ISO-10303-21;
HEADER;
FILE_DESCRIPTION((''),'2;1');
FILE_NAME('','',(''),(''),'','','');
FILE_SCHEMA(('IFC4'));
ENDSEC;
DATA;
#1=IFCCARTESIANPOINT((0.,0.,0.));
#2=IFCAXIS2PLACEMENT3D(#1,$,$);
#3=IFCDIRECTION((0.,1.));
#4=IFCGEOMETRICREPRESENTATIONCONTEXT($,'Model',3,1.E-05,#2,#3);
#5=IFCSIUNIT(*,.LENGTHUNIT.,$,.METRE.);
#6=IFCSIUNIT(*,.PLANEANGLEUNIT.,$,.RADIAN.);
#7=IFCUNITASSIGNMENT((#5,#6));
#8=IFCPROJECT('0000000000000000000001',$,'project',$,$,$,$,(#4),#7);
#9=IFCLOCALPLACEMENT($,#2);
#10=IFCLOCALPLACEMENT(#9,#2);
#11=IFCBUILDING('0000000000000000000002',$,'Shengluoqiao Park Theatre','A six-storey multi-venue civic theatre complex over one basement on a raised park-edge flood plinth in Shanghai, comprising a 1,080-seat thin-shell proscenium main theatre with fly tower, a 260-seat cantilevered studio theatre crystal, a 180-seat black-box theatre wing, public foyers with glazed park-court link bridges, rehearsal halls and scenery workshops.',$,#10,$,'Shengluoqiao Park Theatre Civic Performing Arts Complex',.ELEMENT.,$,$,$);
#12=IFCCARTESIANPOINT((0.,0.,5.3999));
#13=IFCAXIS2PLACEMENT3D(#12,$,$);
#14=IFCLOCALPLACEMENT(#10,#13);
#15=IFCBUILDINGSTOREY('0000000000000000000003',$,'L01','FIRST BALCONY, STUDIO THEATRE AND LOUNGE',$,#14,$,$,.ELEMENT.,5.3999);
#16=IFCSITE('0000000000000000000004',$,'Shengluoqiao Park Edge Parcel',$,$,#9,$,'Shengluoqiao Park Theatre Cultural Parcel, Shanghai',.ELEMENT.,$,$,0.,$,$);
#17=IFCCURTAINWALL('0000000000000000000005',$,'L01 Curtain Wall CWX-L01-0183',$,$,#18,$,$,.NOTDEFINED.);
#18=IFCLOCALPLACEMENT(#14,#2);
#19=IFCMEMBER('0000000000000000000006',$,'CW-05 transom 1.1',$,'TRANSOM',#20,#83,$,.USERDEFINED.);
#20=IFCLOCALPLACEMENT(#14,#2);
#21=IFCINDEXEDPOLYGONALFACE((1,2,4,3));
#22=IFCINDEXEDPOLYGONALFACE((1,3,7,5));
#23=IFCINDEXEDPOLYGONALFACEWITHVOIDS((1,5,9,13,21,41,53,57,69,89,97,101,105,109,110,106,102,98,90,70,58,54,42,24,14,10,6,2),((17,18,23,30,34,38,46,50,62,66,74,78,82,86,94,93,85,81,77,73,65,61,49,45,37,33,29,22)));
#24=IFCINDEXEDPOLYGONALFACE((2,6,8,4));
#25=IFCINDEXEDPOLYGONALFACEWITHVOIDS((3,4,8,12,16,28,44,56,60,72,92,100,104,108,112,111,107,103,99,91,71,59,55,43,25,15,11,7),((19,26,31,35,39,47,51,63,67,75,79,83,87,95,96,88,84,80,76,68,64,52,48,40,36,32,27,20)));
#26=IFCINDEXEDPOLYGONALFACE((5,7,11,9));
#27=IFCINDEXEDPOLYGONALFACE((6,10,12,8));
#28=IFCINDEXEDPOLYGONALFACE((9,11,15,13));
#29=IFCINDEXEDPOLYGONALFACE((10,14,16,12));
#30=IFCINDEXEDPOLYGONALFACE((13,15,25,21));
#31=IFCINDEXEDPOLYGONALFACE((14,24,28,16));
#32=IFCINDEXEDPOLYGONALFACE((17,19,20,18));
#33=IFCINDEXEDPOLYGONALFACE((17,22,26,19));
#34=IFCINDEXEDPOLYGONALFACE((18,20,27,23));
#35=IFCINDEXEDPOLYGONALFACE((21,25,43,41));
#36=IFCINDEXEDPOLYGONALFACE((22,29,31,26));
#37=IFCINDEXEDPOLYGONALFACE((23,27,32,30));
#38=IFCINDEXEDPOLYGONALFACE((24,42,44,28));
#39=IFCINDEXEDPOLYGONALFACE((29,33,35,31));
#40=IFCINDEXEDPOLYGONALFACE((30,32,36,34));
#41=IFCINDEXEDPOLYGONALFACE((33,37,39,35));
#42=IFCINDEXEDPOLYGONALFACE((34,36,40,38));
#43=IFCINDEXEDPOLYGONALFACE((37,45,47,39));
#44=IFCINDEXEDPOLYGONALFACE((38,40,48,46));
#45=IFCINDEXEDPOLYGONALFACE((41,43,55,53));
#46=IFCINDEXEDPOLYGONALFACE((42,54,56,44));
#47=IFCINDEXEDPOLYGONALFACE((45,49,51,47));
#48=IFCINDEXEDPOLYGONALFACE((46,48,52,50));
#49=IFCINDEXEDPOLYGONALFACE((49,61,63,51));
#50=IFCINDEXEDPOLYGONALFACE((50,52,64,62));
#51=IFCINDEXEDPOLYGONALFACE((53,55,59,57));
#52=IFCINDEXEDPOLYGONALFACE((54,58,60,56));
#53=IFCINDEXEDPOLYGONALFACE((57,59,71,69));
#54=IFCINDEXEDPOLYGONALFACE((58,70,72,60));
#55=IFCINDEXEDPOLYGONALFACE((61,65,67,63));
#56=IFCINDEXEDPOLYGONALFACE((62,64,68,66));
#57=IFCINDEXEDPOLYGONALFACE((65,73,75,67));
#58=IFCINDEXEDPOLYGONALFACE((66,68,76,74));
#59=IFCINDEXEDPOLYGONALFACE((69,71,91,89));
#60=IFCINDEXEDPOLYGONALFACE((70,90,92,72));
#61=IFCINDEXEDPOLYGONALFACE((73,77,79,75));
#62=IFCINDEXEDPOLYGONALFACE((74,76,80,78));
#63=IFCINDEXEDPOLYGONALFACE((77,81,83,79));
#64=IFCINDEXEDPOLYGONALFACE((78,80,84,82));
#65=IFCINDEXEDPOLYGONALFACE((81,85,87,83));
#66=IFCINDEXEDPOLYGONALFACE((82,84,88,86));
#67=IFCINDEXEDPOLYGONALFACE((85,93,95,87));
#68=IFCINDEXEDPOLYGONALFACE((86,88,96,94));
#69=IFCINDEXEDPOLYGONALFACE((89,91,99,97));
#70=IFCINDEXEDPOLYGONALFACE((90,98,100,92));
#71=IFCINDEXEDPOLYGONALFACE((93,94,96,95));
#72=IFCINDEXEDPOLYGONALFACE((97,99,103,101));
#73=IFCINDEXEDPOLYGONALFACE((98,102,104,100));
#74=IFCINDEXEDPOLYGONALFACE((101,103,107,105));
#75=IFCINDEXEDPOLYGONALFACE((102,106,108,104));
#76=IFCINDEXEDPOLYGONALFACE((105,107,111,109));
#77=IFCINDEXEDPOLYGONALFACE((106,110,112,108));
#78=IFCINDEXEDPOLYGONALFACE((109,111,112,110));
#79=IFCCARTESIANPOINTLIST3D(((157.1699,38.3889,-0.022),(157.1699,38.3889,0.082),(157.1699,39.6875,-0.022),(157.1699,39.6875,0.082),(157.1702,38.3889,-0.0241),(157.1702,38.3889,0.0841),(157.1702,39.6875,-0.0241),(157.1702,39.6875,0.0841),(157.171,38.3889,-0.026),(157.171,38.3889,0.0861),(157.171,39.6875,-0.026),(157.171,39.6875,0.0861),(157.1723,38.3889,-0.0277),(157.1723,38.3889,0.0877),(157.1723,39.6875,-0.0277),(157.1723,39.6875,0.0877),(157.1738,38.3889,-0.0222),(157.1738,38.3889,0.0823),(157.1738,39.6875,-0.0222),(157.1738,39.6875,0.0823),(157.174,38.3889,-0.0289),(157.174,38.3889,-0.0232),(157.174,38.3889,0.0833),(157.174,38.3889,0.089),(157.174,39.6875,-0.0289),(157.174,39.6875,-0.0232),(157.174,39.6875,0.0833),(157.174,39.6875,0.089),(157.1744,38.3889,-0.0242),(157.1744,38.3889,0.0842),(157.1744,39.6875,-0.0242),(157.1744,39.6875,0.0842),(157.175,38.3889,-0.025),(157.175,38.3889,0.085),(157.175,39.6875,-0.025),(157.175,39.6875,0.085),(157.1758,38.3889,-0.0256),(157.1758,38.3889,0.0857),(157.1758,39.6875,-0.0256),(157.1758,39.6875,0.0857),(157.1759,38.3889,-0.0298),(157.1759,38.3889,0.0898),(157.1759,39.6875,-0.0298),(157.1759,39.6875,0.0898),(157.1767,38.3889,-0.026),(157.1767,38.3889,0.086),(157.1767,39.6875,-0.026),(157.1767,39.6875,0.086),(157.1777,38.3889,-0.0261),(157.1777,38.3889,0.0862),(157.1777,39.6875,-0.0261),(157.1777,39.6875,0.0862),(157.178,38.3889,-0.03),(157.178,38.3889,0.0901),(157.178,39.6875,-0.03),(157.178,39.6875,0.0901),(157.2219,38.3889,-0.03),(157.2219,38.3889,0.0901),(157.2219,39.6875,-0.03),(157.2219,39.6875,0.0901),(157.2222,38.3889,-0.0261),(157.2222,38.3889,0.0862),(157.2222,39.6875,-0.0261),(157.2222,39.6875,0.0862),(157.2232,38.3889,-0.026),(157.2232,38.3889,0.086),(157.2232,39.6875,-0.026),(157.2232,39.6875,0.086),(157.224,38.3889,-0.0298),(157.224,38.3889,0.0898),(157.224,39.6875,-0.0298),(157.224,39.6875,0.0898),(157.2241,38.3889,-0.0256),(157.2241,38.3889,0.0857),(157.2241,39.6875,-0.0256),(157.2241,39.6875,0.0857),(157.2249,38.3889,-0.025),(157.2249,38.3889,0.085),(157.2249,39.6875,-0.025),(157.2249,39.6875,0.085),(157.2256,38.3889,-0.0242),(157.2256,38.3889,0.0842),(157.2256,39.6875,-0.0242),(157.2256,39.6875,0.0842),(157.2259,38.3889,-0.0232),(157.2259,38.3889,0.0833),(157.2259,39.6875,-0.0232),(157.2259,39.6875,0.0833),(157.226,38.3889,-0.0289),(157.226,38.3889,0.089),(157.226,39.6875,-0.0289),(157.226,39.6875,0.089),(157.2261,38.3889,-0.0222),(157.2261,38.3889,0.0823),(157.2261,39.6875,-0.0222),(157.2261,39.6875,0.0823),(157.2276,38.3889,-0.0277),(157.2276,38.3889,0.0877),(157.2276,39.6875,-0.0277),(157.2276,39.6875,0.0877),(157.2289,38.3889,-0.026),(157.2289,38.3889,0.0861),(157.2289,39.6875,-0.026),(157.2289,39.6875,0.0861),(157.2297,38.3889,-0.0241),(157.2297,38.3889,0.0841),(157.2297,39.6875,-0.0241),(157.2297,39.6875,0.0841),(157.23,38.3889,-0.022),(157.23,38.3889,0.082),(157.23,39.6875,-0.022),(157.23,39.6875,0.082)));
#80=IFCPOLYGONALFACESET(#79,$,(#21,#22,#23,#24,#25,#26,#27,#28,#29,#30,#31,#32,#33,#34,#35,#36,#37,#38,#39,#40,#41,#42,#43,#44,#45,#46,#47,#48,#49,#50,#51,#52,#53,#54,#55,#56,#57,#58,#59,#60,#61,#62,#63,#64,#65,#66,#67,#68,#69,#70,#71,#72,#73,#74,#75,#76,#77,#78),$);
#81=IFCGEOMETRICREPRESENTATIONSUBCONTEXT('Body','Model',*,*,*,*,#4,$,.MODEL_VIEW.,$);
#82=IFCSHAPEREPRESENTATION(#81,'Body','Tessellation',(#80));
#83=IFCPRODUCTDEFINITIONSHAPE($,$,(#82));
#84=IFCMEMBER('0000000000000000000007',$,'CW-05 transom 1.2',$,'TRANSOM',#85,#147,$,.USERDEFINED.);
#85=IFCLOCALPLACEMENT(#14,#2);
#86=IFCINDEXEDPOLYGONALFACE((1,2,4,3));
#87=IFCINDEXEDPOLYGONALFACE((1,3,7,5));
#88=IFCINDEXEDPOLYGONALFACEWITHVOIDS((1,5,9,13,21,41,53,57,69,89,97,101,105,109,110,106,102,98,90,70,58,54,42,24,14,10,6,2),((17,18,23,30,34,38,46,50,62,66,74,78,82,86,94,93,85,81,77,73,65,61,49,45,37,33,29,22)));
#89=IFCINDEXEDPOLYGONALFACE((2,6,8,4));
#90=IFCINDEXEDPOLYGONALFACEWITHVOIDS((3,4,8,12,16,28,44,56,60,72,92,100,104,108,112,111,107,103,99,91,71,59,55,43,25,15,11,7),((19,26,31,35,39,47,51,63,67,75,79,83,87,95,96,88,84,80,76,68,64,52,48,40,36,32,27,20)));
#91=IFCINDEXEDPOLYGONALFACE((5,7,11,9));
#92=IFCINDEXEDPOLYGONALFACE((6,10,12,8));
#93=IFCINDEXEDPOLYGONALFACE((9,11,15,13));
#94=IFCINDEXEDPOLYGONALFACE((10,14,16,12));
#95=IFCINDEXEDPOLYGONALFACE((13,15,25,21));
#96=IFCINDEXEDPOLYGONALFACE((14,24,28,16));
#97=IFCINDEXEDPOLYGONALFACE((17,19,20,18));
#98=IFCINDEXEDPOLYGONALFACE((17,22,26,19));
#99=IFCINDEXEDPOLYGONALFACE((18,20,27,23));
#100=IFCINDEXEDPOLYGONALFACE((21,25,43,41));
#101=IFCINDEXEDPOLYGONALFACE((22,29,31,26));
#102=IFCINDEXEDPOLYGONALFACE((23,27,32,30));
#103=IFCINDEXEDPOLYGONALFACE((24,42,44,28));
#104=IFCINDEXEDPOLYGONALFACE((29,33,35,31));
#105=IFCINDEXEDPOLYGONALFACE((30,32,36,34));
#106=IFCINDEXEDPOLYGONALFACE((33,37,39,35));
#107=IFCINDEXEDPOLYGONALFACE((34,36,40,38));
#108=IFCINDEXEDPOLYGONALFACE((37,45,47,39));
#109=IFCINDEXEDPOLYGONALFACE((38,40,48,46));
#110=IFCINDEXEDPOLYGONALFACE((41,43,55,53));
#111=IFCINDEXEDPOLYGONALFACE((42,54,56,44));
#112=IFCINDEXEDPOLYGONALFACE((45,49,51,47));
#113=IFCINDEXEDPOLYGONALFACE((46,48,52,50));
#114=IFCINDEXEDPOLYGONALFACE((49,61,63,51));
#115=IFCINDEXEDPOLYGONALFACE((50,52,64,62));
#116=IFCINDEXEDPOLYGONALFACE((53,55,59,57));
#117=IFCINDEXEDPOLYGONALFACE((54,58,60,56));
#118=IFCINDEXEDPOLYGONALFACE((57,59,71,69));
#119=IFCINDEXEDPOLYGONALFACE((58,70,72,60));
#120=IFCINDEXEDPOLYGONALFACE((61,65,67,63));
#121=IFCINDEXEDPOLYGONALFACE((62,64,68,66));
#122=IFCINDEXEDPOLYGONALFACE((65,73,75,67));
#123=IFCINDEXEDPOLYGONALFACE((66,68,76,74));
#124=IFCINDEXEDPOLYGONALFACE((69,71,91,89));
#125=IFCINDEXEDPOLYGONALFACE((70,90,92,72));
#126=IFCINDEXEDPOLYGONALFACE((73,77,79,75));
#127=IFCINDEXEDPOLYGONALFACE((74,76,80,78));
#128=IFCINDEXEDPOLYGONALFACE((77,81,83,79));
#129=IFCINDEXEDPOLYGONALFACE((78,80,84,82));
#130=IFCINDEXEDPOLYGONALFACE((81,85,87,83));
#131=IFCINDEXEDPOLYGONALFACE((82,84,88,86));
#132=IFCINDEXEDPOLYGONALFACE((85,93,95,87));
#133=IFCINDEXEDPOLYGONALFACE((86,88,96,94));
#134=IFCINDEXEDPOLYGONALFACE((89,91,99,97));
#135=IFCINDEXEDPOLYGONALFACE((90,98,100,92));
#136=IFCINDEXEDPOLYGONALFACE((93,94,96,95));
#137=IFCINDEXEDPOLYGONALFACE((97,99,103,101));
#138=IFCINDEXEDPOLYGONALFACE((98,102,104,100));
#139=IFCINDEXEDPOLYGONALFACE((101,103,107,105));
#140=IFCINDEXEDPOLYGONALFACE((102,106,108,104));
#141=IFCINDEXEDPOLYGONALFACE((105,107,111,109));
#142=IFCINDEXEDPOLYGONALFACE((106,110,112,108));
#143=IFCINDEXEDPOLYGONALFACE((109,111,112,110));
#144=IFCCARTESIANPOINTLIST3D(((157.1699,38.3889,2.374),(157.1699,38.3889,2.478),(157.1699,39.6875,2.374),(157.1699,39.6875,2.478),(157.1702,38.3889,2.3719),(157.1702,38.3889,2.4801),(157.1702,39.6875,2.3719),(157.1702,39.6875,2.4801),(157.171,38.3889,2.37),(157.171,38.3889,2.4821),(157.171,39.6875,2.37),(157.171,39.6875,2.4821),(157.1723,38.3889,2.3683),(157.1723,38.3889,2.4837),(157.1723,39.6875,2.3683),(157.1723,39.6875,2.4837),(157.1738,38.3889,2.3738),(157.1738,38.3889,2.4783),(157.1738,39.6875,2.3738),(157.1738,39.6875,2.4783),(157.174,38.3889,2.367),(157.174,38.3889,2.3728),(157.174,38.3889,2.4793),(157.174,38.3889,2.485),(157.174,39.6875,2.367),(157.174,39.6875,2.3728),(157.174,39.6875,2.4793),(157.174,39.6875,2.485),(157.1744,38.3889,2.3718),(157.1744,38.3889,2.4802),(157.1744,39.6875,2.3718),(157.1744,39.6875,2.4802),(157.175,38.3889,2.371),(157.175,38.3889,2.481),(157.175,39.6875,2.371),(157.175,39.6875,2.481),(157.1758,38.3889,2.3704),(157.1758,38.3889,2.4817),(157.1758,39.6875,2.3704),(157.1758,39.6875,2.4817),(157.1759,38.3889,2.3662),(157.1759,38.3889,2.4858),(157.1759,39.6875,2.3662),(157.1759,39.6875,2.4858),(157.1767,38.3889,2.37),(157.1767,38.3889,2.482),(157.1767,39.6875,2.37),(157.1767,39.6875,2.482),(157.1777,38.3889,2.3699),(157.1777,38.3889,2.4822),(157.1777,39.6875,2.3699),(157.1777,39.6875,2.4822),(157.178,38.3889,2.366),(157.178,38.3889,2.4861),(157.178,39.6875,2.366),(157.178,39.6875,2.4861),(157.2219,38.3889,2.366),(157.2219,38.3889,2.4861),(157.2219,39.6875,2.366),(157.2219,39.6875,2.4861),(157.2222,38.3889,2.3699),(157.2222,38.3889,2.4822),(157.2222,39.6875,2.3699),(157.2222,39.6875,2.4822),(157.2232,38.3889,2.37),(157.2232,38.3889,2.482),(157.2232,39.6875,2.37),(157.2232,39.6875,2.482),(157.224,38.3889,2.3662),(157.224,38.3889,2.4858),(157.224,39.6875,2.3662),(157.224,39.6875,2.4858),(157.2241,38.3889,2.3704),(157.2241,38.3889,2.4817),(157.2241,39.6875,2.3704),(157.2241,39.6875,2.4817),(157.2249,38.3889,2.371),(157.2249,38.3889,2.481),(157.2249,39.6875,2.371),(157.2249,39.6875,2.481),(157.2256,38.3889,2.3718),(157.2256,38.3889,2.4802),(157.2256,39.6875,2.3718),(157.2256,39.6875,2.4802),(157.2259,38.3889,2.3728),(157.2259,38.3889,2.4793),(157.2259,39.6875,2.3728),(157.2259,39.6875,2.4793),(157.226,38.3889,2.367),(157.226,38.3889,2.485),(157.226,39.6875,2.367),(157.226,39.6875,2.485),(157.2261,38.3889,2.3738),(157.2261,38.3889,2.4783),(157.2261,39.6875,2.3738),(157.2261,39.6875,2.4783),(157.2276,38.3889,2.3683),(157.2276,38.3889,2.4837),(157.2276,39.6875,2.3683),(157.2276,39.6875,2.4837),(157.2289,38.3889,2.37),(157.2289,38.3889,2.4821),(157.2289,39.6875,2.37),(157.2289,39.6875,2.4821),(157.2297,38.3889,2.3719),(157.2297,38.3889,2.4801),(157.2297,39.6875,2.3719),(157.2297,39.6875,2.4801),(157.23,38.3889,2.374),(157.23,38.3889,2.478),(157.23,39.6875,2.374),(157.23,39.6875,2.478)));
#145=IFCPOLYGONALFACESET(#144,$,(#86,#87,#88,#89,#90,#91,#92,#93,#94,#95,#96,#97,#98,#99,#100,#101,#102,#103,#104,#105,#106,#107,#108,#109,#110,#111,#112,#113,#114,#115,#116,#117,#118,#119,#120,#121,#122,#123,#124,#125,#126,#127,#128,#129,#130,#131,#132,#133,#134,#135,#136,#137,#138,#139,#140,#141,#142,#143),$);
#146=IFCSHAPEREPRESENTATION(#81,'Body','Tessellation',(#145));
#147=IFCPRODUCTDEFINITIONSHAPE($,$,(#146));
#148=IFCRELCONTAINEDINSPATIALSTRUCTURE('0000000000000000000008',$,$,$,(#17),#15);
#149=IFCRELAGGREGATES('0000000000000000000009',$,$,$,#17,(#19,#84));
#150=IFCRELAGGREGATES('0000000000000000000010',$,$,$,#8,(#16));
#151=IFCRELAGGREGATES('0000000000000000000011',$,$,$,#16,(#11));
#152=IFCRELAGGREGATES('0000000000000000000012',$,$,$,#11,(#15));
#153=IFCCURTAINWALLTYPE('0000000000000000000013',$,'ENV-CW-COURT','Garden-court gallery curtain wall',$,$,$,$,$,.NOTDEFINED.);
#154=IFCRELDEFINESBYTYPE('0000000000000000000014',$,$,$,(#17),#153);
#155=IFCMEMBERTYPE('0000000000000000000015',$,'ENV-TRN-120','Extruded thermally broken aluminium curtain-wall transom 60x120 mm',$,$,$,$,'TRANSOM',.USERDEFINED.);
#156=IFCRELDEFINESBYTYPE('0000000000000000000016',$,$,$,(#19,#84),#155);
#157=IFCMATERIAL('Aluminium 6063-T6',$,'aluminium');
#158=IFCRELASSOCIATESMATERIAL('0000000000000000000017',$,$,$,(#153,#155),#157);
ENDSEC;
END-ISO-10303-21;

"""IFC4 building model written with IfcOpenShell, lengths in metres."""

from ifc_helpers import new_model, si_unit, direction, frame, origin, origin_2d, place, context, subcontext, project, spatial, hollow_rectangle, extrude, material, material_profile, profile_set, type_object, element, aggregate, save


model = new_model("IFC4")

# Units and contexts
model_context = context("Model", 3, precision=1e-05, world=origin(), true_north=direction((0.0, 1.0)))
body_context = subcontext(model_context, "Body", "Model", "MODEL_VIEW")
ifc_project = project(units=[si_unit("LENGTHUNIT", "METRE"), si_unit("PLANEANGLEUNIT", "RADIAN")], contexts=[model_context])

# Site, building, storey
site_placement = place(None, origin())
site = spatial("IfcSite", under=ifc_project, at=site_placement, Name="Shengluoqiao Park Edge Parcel", LongName="Shengluoqiao Park Theatre Cultural Parcel, Shanghai", CompositionType="ELEMENT", RefElevation=0.0)
building_placement = place(site_placement, origin())
building = spatial("IfcBuilding", under=site, at=building_placement, Name="Shengluoqiao Park Theatre", Description="A six-storey multi-venue civic theatre complex over one basement on a raised park-edge flood plinth in Shanghai, comprising a 1,080-seat thin-shell proscenium main theatre with fly tower, a 260-seat cantilevered studio theatre crystal, a 180-seat black-box theatre wing, public foyers with glazed park-court link bridges, rehearsal halls and scenery workshops.", LongName="Shengluoqiao Park Theatre Civic Performing Arts Complex", CompositionType="ELEMENT")
storey_placement = place(building_placement, frame((0.0, 0.0, 5.3999)))
storey = spatial("IfcBuildingStorey", under=building, at=storey_placement, Name="L01", Description="FIRST BALCONY, STUDIO THEATRE AND LOUNGE", CompositionType="ELEMENT", Elevation=5.3999)

# Curtain wall
ifc_material_1 = material(Name="Aluminium 6063-T6", Category="aluminium")
curtain_wall_type = type_object("IfcCurtainWallType", Name="ENV-CW-COURT", Description="Garden-court gallery curtain wall", PredefinedType="NOTDEFINED", material=ifc_material_1)
curtain_wall_1_placement = place(storey_placement, origin())
curtain_wall_1 = element("IfcCurtainWall", 1, at=curtain_wall_1_placement, inside=storey, type_object=curtain_wall_type, Name="L01 Curtain Wall CWX-L01-0183", PredefinedType="NOTDEFINED")

# Members
ifc_material_profile_1 = material_profile(ifc_material_1, hollow_rectangle(XDim=0.0601, YDim=0.1201, WallThickness=0.0039, InnerFilletRadius=0.0039, OuterFilletRadius=0.0081, at=origin_2d()), Name="ALU TRANSOM 120x60x4")
ifc_profile_set_1 = profile_set([ifc_material_profile_1], Name="Aluminium 6063-T6")
member_type_1 = type_object("IfcMemberType", Name="ENV-TRN-120", Description="Extruded thermally broken aluminium curtain-wall transom 60x120 mm", ElementType="TRANSOM", PredefinedType="USERDEFINED", material=ifc_profile_set_1)
member_1_placement = place(storey_placement, frame((157.2, 38.3889, 0.03), z_axis=(0.0, 1.0, 0.0), x_axis=(-1.0, 0.0, 0.0)))
member_1 = element("IfcMember", 2, at=member_1_placement, type_object=member_type_1, Name="CW-05 transom 1.1", ObjectType="TRANSOM", PredefinedType="USERDEFINED", context=body_context, shape_type="SweptSolid", body=[
    extrude(hollow_rectangle(XDim=0.0601, YDim=0.1201, WallThickness=0.0039, InnerFilletRadius=0.0039, OuterFilletRadius=0.0081, at=origin_2d()), origin(), (0.0, 0.0, 1.0), 1.2986),
])
member_2_placement = place(storey_placement, frame((157.2, 38.3889, 2.426), z_axis=(0.0, 1.0, 0.0), x_axis=(-1.0, 0.0, 0.0)))
member_2 = element("IfcMember", 3, at=member_2_placement, type_object=member_type_1, Name="CW-05 transom 1.2", ObjectType="TRANSOM", PredefinedType="USERDEFINED", context=body_context, shape_type="SweptSolid", body=[
    extrude(hollow_rectangle(XDim=0.0601, YDim=0.1201, WallThickness=0.0039, InnerFilletRadius=0.0039, OuterFilletRadius=0.0081, at=origin_2d()), origin(), (0.0, 0.0, 1.0), 1.2986),
])

aggregate(curtain_wall_1, [member_1, member_2])

save(model, "model.ifc")
